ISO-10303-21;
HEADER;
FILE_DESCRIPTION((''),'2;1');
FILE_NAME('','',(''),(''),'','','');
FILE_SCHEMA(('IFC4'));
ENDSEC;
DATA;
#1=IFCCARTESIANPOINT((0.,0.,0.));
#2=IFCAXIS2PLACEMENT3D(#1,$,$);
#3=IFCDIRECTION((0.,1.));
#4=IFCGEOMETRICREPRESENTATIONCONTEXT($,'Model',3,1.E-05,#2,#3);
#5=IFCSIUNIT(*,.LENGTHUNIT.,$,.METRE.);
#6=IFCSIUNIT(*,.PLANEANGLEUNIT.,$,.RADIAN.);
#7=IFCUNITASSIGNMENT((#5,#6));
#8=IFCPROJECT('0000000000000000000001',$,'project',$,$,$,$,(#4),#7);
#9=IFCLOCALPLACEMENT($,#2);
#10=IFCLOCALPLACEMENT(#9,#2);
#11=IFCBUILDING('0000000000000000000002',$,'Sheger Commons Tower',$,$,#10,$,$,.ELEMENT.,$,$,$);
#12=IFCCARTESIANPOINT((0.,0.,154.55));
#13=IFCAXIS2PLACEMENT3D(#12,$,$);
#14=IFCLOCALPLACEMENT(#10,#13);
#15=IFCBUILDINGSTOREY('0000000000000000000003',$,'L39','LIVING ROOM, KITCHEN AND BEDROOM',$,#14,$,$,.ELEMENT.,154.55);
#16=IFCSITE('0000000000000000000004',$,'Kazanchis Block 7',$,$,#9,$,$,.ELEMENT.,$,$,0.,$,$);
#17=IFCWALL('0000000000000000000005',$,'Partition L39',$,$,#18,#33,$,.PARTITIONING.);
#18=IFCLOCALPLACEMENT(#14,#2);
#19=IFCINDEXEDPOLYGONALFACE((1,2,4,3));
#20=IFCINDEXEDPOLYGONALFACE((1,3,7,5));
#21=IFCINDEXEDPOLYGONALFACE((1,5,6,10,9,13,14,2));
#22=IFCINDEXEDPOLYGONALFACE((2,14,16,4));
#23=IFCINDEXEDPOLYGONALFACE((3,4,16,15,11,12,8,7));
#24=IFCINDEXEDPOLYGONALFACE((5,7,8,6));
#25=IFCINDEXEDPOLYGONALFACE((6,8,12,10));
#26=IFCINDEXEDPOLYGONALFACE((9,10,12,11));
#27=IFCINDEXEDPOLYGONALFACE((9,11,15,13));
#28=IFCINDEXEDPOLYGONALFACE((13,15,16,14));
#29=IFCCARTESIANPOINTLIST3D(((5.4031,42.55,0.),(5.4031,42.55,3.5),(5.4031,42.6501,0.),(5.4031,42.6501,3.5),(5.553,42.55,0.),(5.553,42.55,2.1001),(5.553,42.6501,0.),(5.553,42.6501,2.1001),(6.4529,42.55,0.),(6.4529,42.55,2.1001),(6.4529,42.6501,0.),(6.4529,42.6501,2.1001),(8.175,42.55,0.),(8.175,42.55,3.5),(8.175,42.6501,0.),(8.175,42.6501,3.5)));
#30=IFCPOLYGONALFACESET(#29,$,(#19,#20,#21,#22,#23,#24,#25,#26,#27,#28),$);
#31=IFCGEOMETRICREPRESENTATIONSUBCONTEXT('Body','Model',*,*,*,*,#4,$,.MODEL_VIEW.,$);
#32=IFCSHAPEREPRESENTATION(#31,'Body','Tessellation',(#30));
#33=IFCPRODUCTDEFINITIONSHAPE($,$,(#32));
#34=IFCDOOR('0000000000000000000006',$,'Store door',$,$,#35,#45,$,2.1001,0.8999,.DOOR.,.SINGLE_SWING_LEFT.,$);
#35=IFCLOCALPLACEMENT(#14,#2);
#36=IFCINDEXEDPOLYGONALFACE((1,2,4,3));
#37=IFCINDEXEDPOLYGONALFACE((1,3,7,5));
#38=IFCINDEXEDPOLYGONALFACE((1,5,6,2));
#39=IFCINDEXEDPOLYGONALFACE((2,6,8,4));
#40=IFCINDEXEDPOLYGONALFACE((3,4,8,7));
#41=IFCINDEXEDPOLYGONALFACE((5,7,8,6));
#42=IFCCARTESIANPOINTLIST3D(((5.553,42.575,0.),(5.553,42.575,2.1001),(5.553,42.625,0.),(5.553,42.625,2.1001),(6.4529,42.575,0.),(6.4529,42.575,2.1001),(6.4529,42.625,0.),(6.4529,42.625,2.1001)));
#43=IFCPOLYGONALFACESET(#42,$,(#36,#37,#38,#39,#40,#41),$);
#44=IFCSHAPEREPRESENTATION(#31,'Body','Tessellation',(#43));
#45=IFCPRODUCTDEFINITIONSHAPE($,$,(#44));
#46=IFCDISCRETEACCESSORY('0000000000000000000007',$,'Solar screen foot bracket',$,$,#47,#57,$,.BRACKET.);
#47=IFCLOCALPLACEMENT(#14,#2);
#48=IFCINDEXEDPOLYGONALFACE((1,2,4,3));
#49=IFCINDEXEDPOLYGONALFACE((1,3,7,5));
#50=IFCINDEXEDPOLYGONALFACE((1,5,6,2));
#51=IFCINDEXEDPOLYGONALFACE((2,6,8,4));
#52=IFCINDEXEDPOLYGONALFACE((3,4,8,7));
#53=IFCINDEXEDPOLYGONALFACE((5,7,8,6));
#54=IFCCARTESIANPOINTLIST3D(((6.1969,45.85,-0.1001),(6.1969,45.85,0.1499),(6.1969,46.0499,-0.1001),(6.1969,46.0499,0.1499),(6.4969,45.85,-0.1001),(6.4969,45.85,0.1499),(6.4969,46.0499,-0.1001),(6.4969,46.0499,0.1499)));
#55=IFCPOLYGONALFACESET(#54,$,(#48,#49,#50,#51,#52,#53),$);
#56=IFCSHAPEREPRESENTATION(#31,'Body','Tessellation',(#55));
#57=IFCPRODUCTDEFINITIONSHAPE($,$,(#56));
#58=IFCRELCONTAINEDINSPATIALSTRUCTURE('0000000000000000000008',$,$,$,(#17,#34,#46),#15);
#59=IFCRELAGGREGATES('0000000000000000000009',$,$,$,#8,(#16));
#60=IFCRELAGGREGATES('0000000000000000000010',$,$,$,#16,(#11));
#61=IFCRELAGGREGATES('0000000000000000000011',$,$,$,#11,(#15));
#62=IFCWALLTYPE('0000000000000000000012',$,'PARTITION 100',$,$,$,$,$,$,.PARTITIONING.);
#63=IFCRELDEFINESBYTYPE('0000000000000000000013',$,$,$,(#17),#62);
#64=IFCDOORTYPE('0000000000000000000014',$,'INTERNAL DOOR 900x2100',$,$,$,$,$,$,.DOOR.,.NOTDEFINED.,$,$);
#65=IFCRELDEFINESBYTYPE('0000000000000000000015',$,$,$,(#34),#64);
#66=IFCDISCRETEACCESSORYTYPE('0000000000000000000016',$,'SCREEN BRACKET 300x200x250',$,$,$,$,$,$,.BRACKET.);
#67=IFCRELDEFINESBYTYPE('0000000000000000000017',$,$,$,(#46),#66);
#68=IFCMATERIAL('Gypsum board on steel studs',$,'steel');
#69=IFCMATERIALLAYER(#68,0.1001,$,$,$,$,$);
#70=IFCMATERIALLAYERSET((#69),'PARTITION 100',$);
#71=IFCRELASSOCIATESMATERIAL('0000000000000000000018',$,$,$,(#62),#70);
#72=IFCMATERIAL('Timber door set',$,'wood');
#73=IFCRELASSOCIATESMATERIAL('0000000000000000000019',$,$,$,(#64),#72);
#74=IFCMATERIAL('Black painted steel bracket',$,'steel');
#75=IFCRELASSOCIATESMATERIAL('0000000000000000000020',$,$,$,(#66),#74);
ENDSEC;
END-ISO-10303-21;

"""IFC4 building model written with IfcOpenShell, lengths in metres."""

from ifc_helpers import new_model, si_unit, direction, frame, frame_2d, origin, origin_2d, place, context, subcontext, project, spatial, rectangle, extrude, material, layer, layer_set, type_object, element, fill, save


model = new_model("IFC4")

# Units and contexts
model_context = context("Model", 3, precision=1e-05, world=origin(), true_north=direction((0.0, 1.0)))
body_context = subcontext(model_context, "Body", "Model", "MODEL_VIEW")
ifc_project = project(units=[si_unit("LENGTHUNIT", "METRE"), si_unit("PLANEANGLEUNIT", "RADIAN")], contexts=[model_context])

# Site, building, storey
site_placement = place(None, origin())
site = spatial("IfcSite", under=ifc_project, at=site_placement, Name="Kazanchis Block 7", CompositionType="ELEMENT", RefElevation=0.0)
building_placement = place(site_placement, origin())
building = spatial("IfcBuilding", under=site, at=building_placement, Name="Sheger Commons Tower", CompositionType="ELEMENT")
storey_placement = place(building_placement, frame((0.0, 0.0, 154.55)))
storey = spatial("IfcBuildingStorey", under=building, at=storey_placement, Name="L39", Description="LIVING ROOM, KITCHEN AND BEDROOM", CompositionType="ELEMENT", Elevation=154.55)

# Shared definitions
ifc_material_1 = material(Name="Gypsum board on steel studs", Category="steel")
ifc_layer_1 = layer(ifc_material_1, 0.1001)
ifc_layer_set_1 = layer_set([ifc_layer_1], Name="PARTITION 100")
wall_type_1 = type_object("IfcWallType", Name="PARTITION 100", PredefinedType="PARTITIONING", material=ifc_layer_set_1)

# Shared definitions
ifc_material_2 = material(Name="Timber door set", Category="wood")
door_type = type_object("IfcDoorType", Name="INTERNAL DOOR 900x2100", OperationType="NOTDEFINED", PredefinedType="DOOR", material=ifc_material_2)

# Wall, opening, door
wall_1_placement = place(storey_placement, frame((5.4031, 42.6001, 0.0), z_axis=(0.0, 0.0, 1.0), x_axis=(1.0, 0.0, 0.0)))
wall_1 = element("IfcWall", 1, at=wall_1_placement, inside=storey, type_object=wall_type_1, Name="Partition L39", PredefinedType="PARTITIONING", context=body_context, shape_type="SweptSolid", body=[
    extrude(rectangle(XDim=2.772, YDim=0.1001, at=frame_2d((1.386, 0.0))), origin(), (0.0, 0.0, 1.0), 3.5),
])
opening_1_placement = place(wall_1_placement, frame((0.1499, 0.0, 0.0)))
opening_1 = element("IfcOpeningElement", 2, at=opening_1_placement, cuts=wall_1, PredefinedType="OPENING", context=body_context, shape_type="SweptSolid", body=[
    extrude(rectangle(XDim=0.8999, YDim=2.1001, at=frame_2d((0.45, 1.05))), frame((0.0, 0.0601, 0.0), z_axis=(0.0, -1.0, 0.0), x_axis=(1.0, 0.0, 0.0)), (0.0, 0.0, 1.0), 0.1201),
])
door_1_placement = place(opening_1_placement, origin())
door_1 = element("IfcDoor", 3, at=door_1_placement, inside=storey, type_object=door_type, Name="Store door", OperationType="SINGLE_SWING_LEFT", OverallHeight=2.1001, OverallWidth=0.8999, PredefinedType="DOOR", context=body_context, shape_type="SweptSolid", body=[
    extrude(rectangle(XDim=0.8999, YDim=2.1001, at=frame_2d((0.45, 1.05))), frame((0.0, 0.0249, 0.0), z_axis=(0.0, -1.0, 0.0), x_axis=(1.0, 0.0, 0.0)), (0.0, 0.0, 1.0), 0.05),
])
fill(opening_1, door_1)

# Discrete accessory
ifc_material_3 = material(Name="Black painted steel bracket", Category="steel")
discrete_accessory_type = type_object("IfcDiscreteAccessoryType", Name="SCREEN BRACKET 300x200x250", PredefinedType="BRACKET", material=ifc_material_3)
discrete_accessory_placement = place(storey_placement, frame((6.3469, 45.95, -0.1001), z_axis=(0.0, 0.0, 1.0), x_axis=(-1.0, 0.0, 0.0)))
element("IfcDiscreteAccessory", 4, at=discrete_accessory_placement, inside=storey, type_object=discrete_accessory_type, Name="Solar screen foot bracket", PredefinedType="BRACKET", context=body_context, shape_type="SweptSolid", body=[
    extrude(rectangle(XDim=0.3, YDim=0.2, at=origin_2d()), origin(), (0.0, 0.0, 1.0), 0.25),
])

save(model, "model.ifc")
